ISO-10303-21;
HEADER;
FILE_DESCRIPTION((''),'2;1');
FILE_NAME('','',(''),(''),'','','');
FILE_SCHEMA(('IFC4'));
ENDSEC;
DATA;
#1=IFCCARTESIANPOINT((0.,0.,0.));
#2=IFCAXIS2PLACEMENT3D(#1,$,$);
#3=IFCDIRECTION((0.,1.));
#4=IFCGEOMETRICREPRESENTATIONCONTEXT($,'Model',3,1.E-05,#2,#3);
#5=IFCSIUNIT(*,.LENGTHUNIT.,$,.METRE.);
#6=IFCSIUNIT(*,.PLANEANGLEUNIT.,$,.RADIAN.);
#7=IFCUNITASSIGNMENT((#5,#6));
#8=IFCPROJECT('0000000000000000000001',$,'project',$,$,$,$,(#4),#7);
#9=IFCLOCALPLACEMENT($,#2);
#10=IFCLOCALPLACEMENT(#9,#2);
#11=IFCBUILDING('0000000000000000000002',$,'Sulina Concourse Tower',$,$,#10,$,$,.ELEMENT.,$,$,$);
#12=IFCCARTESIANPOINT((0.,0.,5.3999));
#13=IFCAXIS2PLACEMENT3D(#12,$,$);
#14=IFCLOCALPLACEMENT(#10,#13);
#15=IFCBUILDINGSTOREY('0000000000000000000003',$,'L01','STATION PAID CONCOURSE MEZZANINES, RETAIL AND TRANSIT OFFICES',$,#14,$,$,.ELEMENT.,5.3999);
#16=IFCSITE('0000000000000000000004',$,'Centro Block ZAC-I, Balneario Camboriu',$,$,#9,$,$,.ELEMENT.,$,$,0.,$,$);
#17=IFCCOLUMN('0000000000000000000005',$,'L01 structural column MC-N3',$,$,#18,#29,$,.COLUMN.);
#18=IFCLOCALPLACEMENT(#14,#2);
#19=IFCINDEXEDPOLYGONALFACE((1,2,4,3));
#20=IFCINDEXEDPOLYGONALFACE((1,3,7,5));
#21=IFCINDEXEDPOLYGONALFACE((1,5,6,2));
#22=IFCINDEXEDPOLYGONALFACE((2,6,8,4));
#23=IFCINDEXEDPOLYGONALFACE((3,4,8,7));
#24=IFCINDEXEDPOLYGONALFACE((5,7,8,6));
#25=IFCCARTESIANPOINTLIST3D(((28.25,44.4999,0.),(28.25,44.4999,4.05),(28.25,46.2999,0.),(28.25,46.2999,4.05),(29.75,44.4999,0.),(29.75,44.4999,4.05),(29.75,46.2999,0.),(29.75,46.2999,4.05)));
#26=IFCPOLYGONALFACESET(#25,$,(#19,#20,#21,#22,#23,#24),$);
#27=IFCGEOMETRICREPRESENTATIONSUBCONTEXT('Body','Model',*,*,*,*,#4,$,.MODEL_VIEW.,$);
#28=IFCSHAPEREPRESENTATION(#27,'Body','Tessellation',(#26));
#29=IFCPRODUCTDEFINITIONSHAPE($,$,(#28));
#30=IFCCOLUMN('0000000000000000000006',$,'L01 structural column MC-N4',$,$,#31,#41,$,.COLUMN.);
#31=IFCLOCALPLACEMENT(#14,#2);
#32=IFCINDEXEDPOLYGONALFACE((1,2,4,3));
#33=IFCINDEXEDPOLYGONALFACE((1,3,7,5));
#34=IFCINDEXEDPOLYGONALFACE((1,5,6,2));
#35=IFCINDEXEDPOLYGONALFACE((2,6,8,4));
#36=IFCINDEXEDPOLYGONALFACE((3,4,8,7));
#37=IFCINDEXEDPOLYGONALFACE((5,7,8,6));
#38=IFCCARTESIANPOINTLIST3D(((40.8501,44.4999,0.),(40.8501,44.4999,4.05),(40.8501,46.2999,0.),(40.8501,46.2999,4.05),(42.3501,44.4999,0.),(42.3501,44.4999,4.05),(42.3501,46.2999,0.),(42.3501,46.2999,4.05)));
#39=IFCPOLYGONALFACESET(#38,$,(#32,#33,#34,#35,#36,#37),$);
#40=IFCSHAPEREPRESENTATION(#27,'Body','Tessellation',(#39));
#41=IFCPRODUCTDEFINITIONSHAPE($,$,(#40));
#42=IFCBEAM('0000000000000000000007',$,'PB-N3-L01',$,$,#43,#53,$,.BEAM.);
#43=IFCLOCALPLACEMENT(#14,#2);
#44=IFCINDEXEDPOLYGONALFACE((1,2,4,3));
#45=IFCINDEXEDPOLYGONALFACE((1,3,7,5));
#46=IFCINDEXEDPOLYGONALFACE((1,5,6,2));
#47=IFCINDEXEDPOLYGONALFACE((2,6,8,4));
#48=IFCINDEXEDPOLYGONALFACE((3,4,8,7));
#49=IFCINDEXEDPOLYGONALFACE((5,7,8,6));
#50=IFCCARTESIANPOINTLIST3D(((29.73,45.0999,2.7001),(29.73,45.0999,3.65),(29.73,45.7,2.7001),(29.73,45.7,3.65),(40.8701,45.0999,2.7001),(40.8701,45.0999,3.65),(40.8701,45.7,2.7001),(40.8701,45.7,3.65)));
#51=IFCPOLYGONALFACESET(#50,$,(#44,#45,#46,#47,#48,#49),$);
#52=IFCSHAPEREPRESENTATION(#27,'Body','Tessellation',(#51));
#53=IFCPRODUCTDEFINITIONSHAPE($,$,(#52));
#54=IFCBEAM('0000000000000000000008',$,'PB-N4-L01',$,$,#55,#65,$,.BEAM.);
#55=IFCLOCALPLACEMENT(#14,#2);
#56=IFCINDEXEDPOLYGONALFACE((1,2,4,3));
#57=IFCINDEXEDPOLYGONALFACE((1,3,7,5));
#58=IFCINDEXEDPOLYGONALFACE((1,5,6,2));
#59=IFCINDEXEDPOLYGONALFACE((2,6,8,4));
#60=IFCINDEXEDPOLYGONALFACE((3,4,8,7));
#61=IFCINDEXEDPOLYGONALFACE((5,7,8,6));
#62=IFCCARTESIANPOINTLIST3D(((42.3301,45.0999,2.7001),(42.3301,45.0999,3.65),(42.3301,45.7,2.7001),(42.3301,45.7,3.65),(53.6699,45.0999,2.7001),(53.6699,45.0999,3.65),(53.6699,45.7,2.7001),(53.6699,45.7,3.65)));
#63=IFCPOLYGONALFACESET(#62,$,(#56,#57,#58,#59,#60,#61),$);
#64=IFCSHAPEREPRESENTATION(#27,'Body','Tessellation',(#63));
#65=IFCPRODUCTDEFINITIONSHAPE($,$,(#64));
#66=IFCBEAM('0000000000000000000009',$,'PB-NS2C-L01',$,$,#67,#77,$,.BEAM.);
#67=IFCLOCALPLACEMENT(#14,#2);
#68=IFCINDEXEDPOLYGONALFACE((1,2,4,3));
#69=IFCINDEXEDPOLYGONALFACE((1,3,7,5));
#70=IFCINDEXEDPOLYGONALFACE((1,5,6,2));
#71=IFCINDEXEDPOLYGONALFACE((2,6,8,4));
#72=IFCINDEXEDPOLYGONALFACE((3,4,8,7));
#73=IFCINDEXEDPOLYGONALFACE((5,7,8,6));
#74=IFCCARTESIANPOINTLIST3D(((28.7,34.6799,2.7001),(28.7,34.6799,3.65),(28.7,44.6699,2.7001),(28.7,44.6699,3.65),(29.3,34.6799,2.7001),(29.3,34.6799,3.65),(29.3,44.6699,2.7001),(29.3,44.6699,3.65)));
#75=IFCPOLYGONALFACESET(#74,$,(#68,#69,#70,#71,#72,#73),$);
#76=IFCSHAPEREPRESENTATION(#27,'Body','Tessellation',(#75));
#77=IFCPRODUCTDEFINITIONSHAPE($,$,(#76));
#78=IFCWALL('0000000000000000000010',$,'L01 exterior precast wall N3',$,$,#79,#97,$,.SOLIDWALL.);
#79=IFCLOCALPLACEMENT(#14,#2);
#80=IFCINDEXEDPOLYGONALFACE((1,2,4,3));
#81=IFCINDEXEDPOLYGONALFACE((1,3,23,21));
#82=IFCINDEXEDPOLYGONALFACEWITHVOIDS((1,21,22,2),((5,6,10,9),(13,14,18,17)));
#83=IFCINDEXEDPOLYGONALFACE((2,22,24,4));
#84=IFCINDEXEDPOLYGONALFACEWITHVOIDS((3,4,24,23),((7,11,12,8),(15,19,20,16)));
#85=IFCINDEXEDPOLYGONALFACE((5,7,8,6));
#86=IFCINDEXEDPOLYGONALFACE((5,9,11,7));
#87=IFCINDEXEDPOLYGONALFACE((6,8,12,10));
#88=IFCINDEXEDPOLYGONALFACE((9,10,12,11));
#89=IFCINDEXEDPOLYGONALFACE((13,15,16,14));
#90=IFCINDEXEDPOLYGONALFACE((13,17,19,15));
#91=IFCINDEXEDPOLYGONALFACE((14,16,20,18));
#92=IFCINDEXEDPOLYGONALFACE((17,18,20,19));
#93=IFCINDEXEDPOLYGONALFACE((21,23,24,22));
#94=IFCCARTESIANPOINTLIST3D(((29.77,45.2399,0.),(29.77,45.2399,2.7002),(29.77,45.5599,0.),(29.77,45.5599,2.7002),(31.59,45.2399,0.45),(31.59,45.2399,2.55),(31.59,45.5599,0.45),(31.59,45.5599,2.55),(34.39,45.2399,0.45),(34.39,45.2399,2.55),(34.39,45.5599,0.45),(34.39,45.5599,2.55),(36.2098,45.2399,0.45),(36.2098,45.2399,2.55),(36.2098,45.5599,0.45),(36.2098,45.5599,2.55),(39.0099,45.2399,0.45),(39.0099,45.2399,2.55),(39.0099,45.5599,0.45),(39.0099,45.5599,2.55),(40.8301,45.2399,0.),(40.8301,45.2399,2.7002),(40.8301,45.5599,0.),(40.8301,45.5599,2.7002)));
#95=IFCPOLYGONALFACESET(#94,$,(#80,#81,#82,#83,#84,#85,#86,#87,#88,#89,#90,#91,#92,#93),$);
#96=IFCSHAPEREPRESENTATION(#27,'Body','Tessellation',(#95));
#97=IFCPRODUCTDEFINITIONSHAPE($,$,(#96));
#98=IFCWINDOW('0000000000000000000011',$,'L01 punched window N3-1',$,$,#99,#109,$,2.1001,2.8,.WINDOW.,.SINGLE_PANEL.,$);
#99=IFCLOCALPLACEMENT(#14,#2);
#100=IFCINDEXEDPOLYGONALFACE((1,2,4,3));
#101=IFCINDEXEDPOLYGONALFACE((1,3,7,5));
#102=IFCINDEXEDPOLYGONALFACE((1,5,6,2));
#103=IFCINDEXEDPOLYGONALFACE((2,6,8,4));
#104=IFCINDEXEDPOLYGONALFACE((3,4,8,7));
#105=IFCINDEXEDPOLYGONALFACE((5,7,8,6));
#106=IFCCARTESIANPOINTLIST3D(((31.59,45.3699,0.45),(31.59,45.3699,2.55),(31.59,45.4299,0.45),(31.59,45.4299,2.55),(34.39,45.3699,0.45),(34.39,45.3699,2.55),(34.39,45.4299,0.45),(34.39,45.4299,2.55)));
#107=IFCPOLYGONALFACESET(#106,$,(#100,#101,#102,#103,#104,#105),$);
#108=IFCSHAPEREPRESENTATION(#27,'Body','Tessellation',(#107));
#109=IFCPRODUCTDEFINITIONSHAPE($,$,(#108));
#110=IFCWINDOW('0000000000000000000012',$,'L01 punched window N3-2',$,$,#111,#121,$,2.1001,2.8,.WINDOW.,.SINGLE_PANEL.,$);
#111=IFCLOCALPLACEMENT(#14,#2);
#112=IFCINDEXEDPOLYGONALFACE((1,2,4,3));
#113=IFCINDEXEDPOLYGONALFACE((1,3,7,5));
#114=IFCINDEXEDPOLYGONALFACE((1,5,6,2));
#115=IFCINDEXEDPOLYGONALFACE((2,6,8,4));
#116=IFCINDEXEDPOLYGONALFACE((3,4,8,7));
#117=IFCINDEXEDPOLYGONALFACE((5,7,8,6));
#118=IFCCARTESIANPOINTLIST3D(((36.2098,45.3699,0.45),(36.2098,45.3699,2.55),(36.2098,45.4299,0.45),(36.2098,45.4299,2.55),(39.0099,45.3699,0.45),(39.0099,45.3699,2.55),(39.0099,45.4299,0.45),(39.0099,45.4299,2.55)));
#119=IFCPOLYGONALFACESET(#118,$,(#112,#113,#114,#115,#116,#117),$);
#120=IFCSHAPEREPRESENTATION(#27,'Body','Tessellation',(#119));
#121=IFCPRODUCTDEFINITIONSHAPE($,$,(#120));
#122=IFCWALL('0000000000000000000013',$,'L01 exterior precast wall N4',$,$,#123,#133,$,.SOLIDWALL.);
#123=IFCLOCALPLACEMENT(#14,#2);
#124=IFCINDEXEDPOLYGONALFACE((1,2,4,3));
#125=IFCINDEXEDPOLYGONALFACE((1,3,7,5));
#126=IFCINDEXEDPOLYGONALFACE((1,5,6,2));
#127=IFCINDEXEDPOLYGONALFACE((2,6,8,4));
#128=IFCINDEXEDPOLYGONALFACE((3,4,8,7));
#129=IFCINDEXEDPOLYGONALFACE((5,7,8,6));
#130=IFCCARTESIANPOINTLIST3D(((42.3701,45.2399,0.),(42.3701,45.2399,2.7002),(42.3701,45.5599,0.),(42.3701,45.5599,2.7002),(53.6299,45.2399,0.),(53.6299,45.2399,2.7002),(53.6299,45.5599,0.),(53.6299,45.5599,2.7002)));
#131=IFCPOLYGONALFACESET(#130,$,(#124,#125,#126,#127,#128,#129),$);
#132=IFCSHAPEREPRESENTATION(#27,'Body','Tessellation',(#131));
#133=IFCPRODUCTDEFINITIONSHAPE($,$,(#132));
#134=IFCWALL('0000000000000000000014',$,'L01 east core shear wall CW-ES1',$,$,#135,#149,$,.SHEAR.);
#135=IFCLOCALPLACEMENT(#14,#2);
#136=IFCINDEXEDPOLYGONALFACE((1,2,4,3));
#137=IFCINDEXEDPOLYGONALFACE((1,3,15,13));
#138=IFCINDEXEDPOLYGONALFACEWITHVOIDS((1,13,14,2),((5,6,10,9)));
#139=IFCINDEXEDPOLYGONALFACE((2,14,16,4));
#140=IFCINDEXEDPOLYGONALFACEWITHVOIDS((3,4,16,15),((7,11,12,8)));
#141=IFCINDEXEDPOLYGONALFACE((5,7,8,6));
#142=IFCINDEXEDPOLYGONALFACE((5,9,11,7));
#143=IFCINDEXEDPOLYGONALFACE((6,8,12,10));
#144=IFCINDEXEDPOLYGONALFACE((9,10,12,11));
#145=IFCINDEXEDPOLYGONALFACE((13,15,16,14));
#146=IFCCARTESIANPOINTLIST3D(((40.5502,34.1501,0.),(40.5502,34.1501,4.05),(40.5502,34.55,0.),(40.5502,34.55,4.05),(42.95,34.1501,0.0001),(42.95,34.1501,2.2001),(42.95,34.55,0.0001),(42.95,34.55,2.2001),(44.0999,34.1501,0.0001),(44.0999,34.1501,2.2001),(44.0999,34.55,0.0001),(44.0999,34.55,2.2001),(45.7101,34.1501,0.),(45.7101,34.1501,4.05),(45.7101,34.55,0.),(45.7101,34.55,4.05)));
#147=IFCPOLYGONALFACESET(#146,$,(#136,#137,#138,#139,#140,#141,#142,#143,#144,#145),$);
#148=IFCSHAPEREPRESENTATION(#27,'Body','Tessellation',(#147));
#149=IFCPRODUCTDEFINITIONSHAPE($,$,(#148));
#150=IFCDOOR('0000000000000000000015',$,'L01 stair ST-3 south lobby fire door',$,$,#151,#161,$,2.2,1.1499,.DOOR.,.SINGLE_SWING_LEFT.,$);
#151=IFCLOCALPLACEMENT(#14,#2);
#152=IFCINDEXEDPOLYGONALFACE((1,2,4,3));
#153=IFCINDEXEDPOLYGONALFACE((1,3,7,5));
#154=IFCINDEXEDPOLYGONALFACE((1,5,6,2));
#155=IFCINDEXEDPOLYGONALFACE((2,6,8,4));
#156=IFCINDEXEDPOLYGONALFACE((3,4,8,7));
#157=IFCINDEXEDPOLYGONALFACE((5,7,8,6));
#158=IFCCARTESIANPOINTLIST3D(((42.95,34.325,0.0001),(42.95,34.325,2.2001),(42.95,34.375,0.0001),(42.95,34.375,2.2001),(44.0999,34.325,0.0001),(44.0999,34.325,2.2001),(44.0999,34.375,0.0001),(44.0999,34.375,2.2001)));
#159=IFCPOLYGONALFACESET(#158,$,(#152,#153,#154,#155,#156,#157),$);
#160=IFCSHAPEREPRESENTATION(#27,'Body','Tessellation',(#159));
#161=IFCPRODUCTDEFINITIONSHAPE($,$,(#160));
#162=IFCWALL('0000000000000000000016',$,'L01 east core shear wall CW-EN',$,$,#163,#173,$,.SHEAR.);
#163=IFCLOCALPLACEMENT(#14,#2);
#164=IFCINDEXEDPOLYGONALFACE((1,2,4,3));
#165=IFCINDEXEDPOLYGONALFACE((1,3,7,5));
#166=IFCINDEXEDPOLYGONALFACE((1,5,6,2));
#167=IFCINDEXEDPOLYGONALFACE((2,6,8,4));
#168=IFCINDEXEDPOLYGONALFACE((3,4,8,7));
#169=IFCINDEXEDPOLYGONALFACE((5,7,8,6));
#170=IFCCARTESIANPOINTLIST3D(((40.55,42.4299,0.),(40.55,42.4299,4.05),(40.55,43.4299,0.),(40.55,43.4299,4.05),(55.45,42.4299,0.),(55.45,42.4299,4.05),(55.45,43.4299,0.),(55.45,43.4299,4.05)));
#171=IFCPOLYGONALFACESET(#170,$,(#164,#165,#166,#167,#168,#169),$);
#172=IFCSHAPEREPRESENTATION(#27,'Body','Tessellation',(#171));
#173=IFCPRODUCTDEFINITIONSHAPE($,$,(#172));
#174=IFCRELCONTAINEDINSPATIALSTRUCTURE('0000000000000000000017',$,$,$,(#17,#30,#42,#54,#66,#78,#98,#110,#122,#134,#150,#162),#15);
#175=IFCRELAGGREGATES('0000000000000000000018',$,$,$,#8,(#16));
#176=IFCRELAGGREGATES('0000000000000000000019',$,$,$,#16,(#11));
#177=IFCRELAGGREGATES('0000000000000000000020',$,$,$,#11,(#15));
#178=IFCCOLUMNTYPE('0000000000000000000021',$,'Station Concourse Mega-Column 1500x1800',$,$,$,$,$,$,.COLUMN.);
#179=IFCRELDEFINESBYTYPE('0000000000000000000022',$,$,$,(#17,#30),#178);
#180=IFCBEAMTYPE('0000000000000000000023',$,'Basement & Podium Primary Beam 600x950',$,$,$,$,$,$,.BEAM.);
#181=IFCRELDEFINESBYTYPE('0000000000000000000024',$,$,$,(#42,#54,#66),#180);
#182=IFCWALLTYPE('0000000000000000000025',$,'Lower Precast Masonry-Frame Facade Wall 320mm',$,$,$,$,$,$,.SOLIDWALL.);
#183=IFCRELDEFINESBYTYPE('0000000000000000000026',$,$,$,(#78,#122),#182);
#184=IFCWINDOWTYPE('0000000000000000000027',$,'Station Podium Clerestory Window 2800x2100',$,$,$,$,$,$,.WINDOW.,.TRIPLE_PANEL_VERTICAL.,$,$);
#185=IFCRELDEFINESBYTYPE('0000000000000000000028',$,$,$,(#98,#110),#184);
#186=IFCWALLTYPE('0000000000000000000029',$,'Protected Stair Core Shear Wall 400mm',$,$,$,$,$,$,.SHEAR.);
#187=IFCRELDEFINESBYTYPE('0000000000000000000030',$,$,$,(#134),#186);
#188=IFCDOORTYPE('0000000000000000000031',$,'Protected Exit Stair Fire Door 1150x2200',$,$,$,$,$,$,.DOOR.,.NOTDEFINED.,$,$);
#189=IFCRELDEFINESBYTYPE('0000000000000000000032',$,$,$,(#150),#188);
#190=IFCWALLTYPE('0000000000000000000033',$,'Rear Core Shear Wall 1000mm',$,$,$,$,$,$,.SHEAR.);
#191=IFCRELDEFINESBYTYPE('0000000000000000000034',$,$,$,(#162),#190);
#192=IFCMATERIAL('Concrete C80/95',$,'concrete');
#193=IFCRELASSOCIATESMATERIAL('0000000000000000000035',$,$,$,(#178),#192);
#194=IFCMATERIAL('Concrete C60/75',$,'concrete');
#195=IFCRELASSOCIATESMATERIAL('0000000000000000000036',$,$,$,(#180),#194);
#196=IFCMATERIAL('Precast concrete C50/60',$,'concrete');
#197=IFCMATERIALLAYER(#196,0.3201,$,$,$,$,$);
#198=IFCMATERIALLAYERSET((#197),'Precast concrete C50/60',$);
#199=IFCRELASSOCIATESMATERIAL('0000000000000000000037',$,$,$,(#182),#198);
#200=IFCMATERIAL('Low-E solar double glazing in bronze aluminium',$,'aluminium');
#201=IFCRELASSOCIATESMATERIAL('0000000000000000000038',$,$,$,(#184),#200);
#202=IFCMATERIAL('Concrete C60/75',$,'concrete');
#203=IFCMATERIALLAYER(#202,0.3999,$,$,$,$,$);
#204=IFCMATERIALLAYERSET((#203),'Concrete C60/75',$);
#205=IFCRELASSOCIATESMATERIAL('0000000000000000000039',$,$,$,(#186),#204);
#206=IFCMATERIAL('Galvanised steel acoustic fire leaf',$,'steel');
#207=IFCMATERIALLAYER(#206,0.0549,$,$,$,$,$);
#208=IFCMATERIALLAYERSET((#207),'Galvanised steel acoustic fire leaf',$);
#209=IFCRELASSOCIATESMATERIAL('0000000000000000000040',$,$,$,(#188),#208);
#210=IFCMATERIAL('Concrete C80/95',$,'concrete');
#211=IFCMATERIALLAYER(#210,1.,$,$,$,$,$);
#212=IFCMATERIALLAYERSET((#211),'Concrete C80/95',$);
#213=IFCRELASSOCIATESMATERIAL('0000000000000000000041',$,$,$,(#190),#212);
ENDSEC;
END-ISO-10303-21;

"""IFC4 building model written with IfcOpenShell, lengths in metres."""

from ifc_helpers import new_model, si_unit, direction, frame, frame_2d, origin, origin_2d, place, context, subcontext, project, spatial, rectangle, extrude, material, layer, layer_set, material_profile, profile_set, type_object, element, fill, save


model = new_model("IFC4")

# Units and contexts
model_context = context("Model", 3, precision=1e-05, world=origin(), true_north=direction((0.0, 1.0)))
body_context = subcontext(model_context, "Body", "Model", "MODEL_VIEW")
ifc_project = project(units=[si_unit("LENGTHUNIT", "METRE"), si_unit("PLANEANGLEUNIT", "RADIAN")], contexts=[model_context])

# Site, building, storey
site_placement = place(None, origin())
site = spatial("IfcSite", under=ifc_project, at=site_placement, Name="Centro Block ZAC-I, Balneario Camboriu", CompositionType="ELEMENT", RefElevation=0.0)
building_placement = place(site_placement, origin())
building = spatial("IfcBuilding", under=site, at=building_placement, Name="Sulina Concourse Tower", CompositionType="ELEMENT")
storey_placement = place(building_placement, frame((0.0, 0.0, 5.3999)))
storey = spatial("IfcBuildingStorey", under=building, at=storey_placement, Name="L01", Description="STATION PAID CONCOURSE MEZZANINES, RETAIL AND TRANSIT OFFICES", CompositionType="ELEMENT", Elevation=5.3999)

# Columns
ifc_material_1 = material(Name="Concrete C80/95", Category="concrete")
ifc_material_profile_1 = material_profile(ifc_material_1, rectangle(XDim=1.5, YDim=1.8, at=origin_2d()), Name="RC 1500x1800")
ifc_profile_set_1 = profile_set([ifc_material_profile_1], Name="Concrete C80/95")
column_type = type_object("IfcColumnType", Name="Station Concourse Mega-Column 1500x1800", PredefinedType="COLUMN", material=ifc_profile_set_1)
for number, where, z_axis, x_axis, name in (
    (1, (29.0, 45.3999, 0.0), (0.0, 0.0, 1.0), (1.0, 0.0, 0.0), "L01 structural column MC-N3"),
    (2, (41.6001, 45.3999, 0.0), (0.0, 0.0, 1.0), (1.0, 0.0, 0.0), "L01 structural column MC-N4"),
):
    element("IfcColumn", number, at=place(storey_placement, frame(where, z_axis=z_axis, x_axis=x_axis)), inside=storey, type_object=column_type, Name=name, PredefinedType="COLUMN", context=body_context, shape_type="SweptSolid", body=[
        extrude(rectangle(XDim=1.5, YDim=1.8, at=origin_2d()), origin(), (0.0, 0.0, 1.0), 4.05),
    ])

# Beams
ifc_material_2 = material(Name="Concrete C60/75", Category="concrete")
ifc_material_profile_2 = material_profile(ifc_material_2, rectangle(XDim=0.6001, YDim=0.95, at=origin_2d()), Name="RC 600x950")
ifc_profile_set_2 = profile_set([ifc_material_profile_2], Name="Concrete C60/75")
beam_type = type_object("IfcBeamType", Name="Basement & Podium Primary Beam 600x950", PredefinedType="BEAM", material=ifc_profile_set_2)
beam_1_placement = place(storey_placement, frame((29.73, 45.3999, 3.175), z_axis=(1.0, 0.0, 0.0), x_axis=(0.0, 1.0, 0.0)))
element("IfcBeam", 3, at=beam_1_placement, inside=storey, type_object=beam_type, Name="PB-N3-L01", PredefinedType="BEAM", context=body_context, shape_type="SweptSolid", body=[
    extrude(rectangle(XDim=0.6001, YDim=0.95, at=origin_2d()), origin(), (0.0, 0.0, 1.0), 11.1401),
])
beam_2_placement = place(storey_placement, frame((42.3301, 45.3999, 3.175), z_axis=(1.0, 0.0, 0.0), x_axis=(0.0, 1.0, 0.0)))
element("IfcBeam", 4, at=beam_2_placement, inside=storey, type_object=beam_type, Name="PB-N4-L01", PredefinedType="BEAM", context=body_context, shape_type="SweptSolid", body=[
    extrude(rectangle(XDim=0.6001, YDim=0.95, at=origin_2d()), origin(), (0.0, 0.0, 1.0), 11.3398),
])
beam_3_placement = place(storey_placement, frame((29.0, 34.6799, 3.175), z_axis=(0.0, 1.0, 0.0), x_axis=(-1.0, 0.0, 0.0)))
element("IfcBeam", 5, at=beam_3_placement, inside=storey, type_object=beam_type, Name="PB-NS2C-L01", PredefinedType="BEAM", context=body_context, shape_type="SweptSolid", body=[
    extrude(rectangle(XDim=0.6001, YDim=0.95, at=origin_2d()), origin(), (0.0, 0.0, 1.0), 9.99),
])

# Wall, openings, windows
ifc_material_3 = material(Name="Precast concrete C50/60", Category="concrete")
ifc_layer_1 = layer(ifc_material_3, 0.3201)
ifc_layer_set_1 = layer_set([ifc_layer_1], Name="Precast concrete C50/60")
wall_type_1 = type_object("IfcWallType", Name="Lower Precast Masonry-Frame Facade Wall 320mm", PredefinedType="SOLIDWALL", material=ifc_layer_set_1)
wall_1_placement = place(storey_placement, frame((29.77, 45.3999, 0.0), z_axis=(0.0, 0.0, 1.0), x_axis=(1.0, 0.0, 0.0)))
wall_1 = element("IfcWall", 6, at=wall_1_placement, inside=storey, type_object=wall_type_1, Name="L01 exterior precast wall N3", PredefinedType="SOLIDWALL", context=body_context, shape_type="SweptSolid", body=[
    extrude(rectangle(XDim=11.0601, YDim=0.3201, at=frame_2d((5.53, 0.0))), origin(), (0.0, 0.0, 1.0), 2.7002),
])
opening_1_placement = place(wall_1_placement, frame((1.8201, 0.0, 0.45)))
opening_1 = element("IfcOpeningElement", 7, at=opening_1_placement, cuts=wall_1, PredefinedType="OPENING", context=body_context, shape_type="SweptSolid", body=[
    extrude(rectangle(XDim=2.8, YDim=2.1001, at=frame_2d((1.3999, 1.05))), frame((0.0, 0.1699, 0.0), z_axis=(0.0, -1.0, 0.0), x_axis=(1.0, 0.0, 0.0)), (0.0, 0.0, 1.0), 0.3401),
])
opening_2_placement = place(wall_1_placement, frame((6.4399, 0.0, 0.45)))
opening_2 = element("IfcOpeningElement", 8, at=opening_2_placement, cuts=wall_1, PredefinedType="OPENING", context=body_context, shape_type="SweptSolid", body=[
    extrude(rectangle(XDim=2.8, YDim=2.1001, at=frame_2d((1.3999, 1.05))), frame((0.0, 0.1699, 0.0), z_axis=(0.0, -1.0, 0.0), x_axis=(1.0, 0.0, 0.0)), (0.0, 0.0, 1.0), 0.3401),
])
ifc_material_4 = material(Name="Low-E solar double glazing in bronze aluminium", Category="aluminium")
window_type = type_object("IfcWindowType", Name="Station Podium Clerestory Window 2800x2100", PartitioningType="TRIPLE_PANEL_VERTICAL", PredefinedType="WINDOW", material=ifc_material_4)
window_1_placement = place(opening_1_placement, origin())
window_1 = element("IfcWindow", 9, at=window_1_placement, inside=storey, type_object=window_type, Name="L01 punched window N3-1", OverallHeight=2.1001, OverallWidth=2.8, PartitioningType="SINGLE_PANEL", PredefinedType="WINDOW", context=body_context, shape_type="SweptSolid", body=[
    extrude(rectangle(XDim=2.8, YDim=2.1001, at=frame_2d((1.3999, 1.05))), frame((0.0, 0.03, 0.0), z_axis=(0.0, -1.0, 0.0), x_axis=(1.0, 0.0, 0.0)), (0.0, 0.0, 1.0), 0.0601),
])
fill(opening_1, window_1)
window_2_placement = place(opening_2_placement, origin())
window_2 = element("IfcWindow", 10, at=window_2_placement, inside=storey, type_object=window_type, Name="L01 punched window N3-2", OverallHeight=2.1001, OverallWidth=2.8, PartitioningType="SINGLE_PANEL", PredefinedType="WINDOW", context=body_context, shape_type="SweptSolid", body=[
    extrude(rectangle(XDim=2.8, YDim=2.1001, at=frame_2d((1.3999, 1.05))), frame((0.0, 0.03, 0.0), z_axis=(0.0, -1.0, 0.0), x_axis=(1.0, 0.0, 0.0)), (0.0, 0.0, 1.0), 0.0601),
])
fill(opening_2, window_2)

# Wall
wall_2_placement = place(storey_placement, frame((42.3701, 45.3999, 0.0), z_axis=(0.0, 0.0, 1.0), x_axis=(1.0, 0.0, 0.0)))
element("IfcWall", 11, at=wall_2_placement, inside=storey, type_object=wall_type_1, Name="L01 exterior precast wall N4", PredefinedType="SOLIDWALL", context=body_context, shape_type="SweptSolid", body=[
    extrude(rectangle(XDim=11.2598, YDim=0.3201, at=frame_2d((5.6299, 0.0))), origin(), (0.0, 0.0, 1.0), 2.7002),
])

# Wall, opening, door
ifc_material_5 = material(Name="Concrete C60/75", Category="concrete")
ifc_layer_2 = layer(ifc_material_5, 0.3999)
ifc_layer_set_2 = layer_set([ifc_layer_2], Name="Concrete C60/75")
wall_type_2 = type_object("IfcWallType", Name="Protected Stair Core Shear Wall 400mm", PredefinedType="SHEAR", material=ifc_layer_set_2)
wall_3_placement = place(storey_placement, frame((40.55, 34.3501, 0.0), z_axis=(0.0, 0.0, 1.0), x_axis=(1.0, 0.0, 0.0)))
wall_3 = element("IfcWall", 12, at=wall_3_placement, inside=storey, type_object=wall_type_2, Name="L01 east core shear wall CW-ES1", PredefinedType="SHEAR", context=body_context, shape_type="SweptSolid", body=[
    extrude(rectangle(XDim=5.1599, YDim=0.3999, at=frame_2d((2.5801, 0.0))), origin(), (0.0, 0.0, 1.0), 4.05),
])
opening_3_placement = place(wall_3_placement, frame((2.3999, 0.0, 0.0)))
opening_3 = element("IfcOpeningElement", 13, at=opening_3_placement, cuts=wall_3, PredefinedType="OPENING", context=body_context, shape_type="SweptSolid", body=[
    extrude(rectangle(XDim=1.1499, YDim=2.2, at=frame_2d((0.575, 1.1001))), frame((0.0, 0.21, 0.0), z_axis=(0.0, -1.0, 0.0), x_axis=(1.0, 0.0, 0.0)), (0.0, 0.0, 1.0), 0.4199),
])
ifc_material_6 = material(Name="Galvanised steel acoustic fire leaf", Category="steel")
ifc_layer_3 = layer(ifc_material_6, 0.0549)
ifc_layer_set_3 = layer_set([ifc_layer_3], Name="Galvanised steel acoustic fire leaf")
door_type = type_object("IfcDoorType", Name="Protected Exit Stair Fire Door 1150x2200", OperationType="NOTDEFINED", PredefinedType="DOOR", material=ifc_layer_set_3)
door_placement = place(opening_3_placement, origin())
door = element("IfcDoor", 14, at=door_placement, inside=storey, type_object=door_type, Name="L01 stair ST-3 south lobby fire door", OperationType="SINGLE_SWING_LEFT", OverallHeight=2.2, OverallWidth=1.1499, PredefinedType="DOOR", context=body_context, shape_type="SweptSolid", body=[
    extrude(rectangle(XDim=1.1499, YDim=2.2, at=frame_2d((0.575, 1.1001))), frame((0.0, 0.0249, 0.0), z_axis=(0.0, -1.0, 0.0), x_axis=(1.0, 0.0, 0.0)), (0.0, 0.0, 1.0), 0.05),
])
fill(opening_3, door)

# Wall
ifc_material_7 = material(Name="Concrete C80/95", Category="concrete")
ifc_layer_4 = layer(ifc_material_7, 1.0)
ifc_layer_set_4 = layer_set([ifc_layer_4], Name="Concrete C80/95")
wall_type_3 = type_object("IfcWallType", Name="Rear Core Shear Wall 1000mm", PredefinedType="SHEAR", material=ifc_layer_set_4)
wall_4_placement = place(storey_placement, frame((40.55, 42.9299, 0.0), z_axis=(0.0, 0.0, 1.0), x_axis=(1.0, 0.0, 0.0)))
element("IfcWall", 15, at=wall_4_placement, inside=storey, type_object=wall_type_3, Name="L01 east core shear wall CW-EN", PredefinedType="SHEAR", context=body_context, shape_type="SweptSolid", body=[
    extrude(rectangle(XDim=14.8999, YDim=1.0, at=frame_2d((7.45, 0.0))), origin(), (0.0, 0.0, 1.0), 4.05),
])

save(model, "model.ifc")
